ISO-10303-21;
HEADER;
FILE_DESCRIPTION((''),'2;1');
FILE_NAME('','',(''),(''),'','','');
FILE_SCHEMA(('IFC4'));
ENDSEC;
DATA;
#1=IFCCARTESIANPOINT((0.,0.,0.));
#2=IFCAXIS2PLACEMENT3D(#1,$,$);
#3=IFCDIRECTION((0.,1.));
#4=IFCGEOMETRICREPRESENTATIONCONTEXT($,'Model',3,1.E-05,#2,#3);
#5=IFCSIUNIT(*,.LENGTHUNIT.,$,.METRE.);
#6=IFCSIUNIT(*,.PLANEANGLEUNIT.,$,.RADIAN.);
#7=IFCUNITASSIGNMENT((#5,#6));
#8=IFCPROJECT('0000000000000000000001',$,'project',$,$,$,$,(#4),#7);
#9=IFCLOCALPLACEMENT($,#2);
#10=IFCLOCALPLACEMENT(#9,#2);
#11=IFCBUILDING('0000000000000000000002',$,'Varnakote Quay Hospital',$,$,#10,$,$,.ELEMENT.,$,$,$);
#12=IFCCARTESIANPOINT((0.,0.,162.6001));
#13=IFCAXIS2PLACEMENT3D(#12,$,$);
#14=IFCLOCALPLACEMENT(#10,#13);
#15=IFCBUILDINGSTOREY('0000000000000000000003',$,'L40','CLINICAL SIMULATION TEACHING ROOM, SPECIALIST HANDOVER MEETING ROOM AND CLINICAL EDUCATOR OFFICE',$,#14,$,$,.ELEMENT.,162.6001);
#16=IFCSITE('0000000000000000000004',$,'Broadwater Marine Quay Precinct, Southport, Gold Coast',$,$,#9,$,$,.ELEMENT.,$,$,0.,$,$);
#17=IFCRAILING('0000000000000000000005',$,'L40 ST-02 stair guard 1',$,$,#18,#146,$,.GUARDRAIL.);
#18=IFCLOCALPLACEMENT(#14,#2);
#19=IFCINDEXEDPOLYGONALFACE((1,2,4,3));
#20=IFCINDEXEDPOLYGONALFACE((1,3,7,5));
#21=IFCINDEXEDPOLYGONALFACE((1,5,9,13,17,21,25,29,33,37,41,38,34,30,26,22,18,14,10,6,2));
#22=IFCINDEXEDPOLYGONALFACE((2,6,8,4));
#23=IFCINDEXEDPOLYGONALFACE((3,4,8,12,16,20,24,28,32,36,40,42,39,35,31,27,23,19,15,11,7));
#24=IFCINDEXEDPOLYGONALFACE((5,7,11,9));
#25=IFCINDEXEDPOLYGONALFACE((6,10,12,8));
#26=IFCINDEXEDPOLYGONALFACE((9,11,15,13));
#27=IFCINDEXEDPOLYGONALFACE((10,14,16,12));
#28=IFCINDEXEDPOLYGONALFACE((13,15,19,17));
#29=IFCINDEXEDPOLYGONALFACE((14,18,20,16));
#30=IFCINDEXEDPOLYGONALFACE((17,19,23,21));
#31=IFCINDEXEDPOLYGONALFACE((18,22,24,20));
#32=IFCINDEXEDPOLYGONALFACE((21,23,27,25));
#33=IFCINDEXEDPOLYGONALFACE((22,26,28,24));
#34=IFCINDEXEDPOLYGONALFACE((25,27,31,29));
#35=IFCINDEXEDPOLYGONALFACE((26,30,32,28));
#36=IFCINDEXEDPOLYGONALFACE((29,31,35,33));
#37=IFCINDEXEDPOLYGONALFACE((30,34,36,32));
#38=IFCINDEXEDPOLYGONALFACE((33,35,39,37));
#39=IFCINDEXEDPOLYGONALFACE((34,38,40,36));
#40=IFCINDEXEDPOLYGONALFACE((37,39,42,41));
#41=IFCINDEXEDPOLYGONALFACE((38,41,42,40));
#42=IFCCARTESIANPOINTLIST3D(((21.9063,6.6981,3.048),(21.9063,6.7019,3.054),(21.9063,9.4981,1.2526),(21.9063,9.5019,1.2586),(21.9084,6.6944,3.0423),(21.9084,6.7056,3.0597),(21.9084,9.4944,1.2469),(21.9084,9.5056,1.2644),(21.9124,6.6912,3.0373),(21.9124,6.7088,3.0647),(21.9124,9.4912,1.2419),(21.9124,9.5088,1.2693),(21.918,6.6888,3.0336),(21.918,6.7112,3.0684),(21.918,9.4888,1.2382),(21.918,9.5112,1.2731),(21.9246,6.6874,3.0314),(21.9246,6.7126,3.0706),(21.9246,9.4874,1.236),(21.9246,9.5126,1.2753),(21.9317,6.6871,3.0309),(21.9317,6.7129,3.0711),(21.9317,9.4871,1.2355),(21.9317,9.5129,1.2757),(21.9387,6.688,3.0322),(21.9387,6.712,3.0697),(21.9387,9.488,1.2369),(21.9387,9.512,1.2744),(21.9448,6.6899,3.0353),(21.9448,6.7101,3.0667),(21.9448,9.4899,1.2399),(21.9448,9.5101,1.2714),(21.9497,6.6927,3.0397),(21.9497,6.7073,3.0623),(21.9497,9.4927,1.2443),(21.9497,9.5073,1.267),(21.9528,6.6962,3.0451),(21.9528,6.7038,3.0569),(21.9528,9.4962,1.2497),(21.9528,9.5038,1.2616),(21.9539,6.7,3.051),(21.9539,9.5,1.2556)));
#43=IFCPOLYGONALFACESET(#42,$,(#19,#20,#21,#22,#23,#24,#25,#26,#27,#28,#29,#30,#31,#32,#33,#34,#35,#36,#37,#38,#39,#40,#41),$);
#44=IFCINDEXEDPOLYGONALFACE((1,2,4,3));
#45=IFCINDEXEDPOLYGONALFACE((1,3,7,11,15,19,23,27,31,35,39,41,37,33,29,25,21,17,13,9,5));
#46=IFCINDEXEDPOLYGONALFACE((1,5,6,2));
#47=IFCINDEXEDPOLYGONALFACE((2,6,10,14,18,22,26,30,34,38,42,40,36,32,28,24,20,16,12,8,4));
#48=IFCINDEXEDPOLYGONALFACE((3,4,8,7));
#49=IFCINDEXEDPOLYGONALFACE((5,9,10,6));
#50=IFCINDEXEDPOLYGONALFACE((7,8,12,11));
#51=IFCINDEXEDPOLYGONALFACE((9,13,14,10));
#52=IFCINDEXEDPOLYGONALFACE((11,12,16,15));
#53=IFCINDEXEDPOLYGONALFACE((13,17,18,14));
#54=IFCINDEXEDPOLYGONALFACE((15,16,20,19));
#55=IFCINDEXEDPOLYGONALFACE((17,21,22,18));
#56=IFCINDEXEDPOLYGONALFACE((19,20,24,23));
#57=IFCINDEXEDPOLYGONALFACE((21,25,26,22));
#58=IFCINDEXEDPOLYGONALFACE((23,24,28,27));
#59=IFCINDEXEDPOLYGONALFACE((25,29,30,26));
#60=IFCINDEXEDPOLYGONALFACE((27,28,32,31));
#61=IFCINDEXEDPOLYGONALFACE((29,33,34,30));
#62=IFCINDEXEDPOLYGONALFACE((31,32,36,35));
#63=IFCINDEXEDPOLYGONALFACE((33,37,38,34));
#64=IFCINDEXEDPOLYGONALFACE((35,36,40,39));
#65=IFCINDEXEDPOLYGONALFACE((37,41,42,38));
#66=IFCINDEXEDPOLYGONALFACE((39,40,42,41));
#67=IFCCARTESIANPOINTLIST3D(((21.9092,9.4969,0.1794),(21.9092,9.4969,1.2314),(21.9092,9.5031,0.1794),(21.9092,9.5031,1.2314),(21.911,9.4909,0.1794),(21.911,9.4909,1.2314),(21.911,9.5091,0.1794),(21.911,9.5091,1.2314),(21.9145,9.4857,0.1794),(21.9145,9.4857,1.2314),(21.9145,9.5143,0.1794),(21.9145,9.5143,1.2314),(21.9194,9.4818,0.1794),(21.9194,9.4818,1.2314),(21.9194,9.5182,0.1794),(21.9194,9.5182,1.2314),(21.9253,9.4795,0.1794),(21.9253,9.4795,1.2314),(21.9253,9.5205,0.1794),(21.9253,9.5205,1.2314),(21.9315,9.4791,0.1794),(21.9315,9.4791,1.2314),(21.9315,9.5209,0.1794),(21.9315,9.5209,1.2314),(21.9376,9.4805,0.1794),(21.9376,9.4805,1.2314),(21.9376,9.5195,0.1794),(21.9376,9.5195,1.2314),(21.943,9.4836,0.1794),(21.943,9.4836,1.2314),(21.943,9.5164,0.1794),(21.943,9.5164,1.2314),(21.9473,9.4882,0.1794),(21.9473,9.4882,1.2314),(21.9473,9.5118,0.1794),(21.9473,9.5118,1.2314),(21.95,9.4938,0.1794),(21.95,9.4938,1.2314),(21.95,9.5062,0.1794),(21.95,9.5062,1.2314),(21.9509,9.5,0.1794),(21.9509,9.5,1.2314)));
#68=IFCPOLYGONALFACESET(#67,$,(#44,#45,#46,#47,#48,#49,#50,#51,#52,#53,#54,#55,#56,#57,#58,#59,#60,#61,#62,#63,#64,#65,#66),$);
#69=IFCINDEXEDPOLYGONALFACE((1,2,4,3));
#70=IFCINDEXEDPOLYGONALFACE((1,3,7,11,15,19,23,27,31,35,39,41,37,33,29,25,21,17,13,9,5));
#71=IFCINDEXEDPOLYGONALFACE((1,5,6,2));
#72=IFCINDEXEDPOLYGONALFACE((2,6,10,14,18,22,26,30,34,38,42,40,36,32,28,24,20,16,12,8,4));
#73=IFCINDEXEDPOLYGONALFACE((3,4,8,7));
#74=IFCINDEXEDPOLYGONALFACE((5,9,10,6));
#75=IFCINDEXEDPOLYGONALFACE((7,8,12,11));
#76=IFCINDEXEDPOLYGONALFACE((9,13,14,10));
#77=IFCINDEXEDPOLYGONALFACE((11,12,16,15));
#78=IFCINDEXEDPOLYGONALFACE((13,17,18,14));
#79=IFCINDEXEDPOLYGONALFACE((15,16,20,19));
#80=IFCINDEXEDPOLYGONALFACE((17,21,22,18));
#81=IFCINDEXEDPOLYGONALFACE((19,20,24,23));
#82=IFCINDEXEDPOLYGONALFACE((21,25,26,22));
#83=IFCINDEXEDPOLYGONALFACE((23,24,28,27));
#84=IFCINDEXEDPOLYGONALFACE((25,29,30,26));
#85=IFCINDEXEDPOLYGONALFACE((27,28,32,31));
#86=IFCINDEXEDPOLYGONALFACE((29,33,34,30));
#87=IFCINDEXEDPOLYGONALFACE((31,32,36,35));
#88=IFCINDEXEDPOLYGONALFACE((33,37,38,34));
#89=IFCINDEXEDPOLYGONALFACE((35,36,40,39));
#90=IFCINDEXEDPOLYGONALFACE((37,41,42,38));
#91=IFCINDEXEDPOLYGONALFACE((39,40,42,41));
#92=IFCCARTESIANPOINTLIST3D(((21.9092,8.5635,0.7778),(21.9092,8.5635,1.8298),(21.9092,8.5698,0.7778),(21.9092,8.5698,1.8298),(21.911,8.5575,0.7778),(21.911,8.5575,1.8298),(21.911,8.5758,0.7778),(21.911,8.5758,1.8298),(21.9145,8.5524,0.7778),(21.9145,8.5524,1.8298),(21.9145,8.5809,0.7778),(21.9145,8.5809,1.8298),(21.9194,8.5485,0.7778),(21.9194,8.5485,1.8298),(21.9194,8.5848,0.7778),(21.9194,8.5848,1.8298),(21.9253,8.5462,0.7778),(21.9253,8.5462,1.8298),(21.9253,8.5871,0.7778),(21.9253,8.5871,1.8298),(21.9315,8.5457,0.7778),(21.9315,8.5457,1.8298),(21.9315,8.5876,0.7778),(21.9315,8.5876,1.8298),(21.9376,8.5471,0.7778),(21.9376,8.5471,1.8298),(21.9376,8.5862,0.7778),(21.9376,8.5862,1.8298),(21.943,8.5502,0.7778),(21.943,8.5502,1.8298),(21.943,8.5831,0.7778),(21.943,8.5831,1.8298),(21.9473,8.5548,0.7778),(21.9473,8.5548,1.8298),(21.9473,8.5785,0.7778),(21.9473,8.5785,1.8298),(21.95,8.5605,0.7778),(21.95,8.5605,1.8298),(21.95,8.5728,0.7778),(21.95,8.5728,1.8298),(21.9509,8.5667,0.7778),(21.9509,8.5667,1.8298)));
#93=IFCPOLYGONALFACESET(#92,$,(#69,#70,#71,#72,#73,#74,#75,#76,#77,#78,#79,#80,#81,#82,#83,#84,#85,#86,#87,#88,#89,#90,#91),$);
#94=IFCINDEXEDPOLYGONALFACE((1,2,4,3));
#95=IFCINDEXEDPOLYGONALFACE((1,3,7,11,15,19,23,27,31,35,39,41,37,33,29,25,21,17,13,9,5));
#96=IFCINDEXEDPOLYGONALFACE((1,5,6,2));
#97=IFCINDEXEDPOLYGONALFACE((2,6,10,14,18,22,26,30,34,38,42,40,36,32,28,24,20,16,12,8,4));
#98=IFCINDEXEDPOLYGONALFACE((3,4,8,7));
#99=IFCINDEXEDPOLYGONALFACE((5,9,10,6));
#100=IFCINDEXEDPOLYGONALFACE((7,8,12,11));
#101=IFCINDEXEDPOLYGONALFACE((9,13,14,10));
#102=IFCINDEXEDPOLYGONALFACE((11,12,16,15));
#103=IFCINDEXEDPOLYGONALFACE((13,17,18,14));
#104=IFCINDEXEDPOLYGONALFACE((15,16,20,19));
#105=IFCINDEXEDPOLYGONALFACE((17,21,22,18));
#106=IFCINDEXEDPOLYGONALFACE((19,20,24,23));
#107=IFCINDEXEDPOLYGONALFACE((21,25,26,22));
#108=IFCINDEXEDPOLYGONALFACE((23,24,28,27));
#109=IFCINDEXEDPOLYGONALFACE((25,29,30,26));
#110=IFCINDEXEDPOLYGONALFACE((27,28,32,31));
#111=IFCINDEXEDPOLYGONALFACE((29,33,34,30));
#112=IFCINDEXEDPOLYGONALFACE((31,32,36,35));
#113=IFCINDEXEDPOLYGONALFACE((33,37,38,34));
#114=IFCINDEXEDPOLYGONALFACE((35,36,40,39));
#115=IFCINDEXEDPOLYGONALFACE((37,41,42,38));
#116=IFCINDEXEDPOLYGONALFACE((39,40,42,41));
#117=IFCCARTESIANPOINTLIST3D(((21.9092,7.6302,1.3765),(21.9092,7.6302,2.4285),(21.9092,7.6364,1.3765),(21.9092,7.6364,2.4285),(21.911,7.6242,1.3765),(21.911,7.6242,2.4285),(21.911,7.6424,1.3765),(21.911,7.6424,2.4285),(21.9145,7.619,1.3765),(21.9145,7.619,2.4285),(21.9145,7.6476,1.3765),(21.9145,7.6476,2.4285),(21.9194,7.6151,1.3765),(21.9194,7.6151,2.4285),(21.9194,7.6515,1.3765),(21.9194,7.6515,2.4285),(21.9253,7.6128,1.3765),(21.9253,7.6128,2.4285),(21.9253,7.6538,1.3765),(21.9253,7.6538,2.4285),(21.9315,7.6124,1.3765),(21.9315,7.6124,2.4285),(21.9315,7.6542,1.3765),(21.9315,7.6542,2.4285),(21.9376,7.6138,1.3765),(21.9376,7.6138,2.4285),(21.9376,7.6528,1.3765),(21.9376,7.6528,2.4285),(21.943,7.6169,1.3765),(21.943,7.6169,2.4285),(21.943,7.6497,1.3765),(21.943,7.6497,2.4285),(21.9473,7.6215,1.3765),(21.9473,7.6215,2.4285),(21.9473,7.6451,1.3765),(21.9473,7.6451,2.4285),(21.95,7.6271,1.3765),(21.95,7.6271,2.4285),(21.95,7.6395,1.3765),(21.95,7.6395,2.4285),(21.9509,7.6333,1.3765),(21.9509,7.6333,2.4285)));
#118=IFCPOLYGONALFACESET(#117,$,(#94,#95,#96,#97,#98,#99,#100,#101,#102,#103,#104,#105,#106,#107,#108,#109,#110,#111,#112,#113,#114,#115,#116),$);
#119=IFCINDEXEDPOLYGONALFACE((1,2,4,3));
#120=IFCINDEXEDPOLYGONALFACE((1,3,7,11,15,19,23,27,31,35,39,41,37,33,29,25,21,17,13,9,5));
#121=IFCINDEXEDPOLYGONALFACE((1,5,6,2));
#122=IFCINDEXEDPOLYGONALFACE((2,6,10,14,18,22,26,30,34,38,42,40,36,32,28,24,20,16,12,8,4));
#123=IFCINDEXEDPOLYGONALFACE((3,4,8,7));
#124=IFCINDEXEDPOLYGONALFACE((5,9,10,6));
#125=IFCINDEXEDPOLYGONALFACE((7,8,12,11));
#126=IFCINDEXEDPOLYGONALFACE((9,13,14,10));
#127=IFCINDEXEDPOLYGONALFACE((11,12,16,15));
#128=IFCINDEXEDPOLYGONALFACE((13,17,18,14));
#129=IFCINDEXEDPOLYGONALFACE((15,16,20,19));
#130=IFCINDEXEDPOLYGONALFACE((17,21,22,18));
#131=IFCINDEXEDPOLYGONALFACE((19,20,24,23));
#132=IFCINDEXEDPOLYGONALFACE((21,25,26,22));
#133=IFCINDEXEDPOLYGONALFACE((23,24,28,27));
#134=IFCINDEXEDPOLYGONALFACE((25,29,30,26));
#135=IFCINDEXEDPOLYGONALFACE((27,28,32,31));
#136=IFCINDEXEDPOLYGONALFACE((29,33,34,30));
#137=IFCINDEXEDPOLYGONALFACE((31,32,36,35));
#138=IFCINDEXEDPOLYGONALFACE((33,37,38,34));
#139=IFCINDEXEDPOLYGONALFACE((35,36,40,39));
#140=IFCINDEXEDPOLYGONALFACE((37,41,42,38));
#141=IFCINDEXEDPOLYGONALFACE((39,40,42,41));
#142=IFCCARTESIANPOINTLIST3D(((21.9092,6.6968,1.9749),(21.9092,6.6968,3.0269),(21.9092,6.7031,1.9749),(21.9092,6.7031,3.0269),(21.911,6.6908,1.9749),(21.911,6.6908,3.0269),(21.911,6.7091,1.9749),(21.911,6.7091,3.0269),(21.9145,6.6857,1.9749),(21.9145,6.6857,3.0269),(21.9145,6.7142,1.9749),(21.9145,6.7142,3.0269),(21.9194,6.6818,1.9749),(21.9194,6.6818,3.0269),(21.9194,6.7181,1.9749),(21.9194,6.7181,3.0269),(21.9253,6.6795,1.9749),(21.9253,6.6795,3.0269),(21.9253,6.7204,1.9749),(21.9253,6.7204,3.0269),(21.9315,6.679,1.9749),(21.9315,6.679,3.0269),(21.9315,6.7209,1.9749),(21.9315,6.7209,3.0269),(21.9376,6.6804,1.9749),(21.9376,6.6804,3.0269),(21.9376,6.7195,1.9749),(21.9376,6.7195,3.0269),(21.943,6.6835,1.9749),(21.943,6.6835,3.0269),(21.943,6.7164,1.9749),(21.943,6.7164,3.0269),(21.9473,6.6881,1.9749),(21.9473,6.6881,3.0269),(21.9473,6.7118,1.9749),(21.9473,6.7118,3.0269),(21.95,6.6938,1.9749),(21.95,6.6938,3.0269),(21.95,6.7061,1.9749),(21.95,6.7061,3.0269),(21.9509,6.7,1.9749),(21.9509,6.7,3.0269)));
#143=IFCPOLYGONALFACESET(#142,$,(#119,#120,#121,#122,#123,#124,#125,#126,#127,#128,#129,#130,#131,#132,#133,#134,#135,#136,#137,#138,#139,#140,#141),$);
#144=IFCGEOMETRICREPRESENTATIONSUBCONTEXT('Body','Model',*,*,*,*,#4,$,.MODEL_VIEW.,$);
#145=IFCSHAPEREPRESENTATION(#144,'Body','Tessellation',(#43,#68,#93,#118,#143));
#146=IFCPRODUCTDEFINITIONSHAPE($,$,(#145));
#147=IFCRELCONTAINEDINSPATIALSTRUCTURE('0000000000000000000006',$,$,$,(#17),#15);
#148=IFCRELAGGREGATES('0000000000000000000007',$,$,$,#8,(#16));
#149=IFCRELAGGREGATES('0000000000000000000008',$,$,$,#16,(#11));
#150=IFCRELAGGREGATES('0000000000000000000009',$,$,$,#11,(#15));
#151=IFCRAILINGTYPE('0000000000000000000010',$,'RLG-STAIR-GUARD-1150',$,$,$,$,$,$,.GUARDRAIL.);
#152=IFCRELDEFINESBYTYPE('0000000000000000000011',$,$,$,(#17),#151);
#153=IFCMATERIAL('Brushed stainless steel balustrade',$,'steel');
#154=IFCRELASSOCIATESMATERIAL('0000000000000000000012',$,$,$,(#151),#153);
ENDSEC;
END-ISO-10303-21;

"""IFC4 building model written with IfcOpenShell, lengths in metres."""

from ifc_helpers import new_model, si_unit, direction, frame, origin, origin_2d, place, context, subcontext, project, spatial, circle, extrude, material, type_object, element, save


model = new_model("IFC4")

# Units and contexts
model_context = context("Model", 3, precision=1e-05, world=origin(), true_north=direction((0.0, 1.0)))
body_context = subcontext(model_context, "Body", "Model", "MODEL_VIEW")
ifc_project = project(units=[si_unit("LENGTHUNIT", "METRE"), si_unit("PLANEANGLEUNIT", "RADIAN")], contexts=[model_context])

# Site, building, storey
site_placement = place(None, origin())
site = spatial("IfcSite", under=ifc_project, at=site_placement, Name="Broadwater Marine Quay Precinct, Southport, Gold Coast", CompositionType="ELEMENT", RefElevation=0.0)
building_placement = place(site_placement, origin())
building = spatial("IfcBuilding", under=site, at=building_placement, Name="Varnakote Quay Hospital", CompositionType="ELEMENT")
storey_placement = place(building_placement, frame((0.0, 0.0, 162.6001)))
storey = spatial("IfcBuildingStorey", under=building, at=storey_placement, Name="L40", Description="CLINICAL SIMULATION TEACHING ROOM, SPECIALIST HANDOVER MEETING ROOM AND CLINICAL EDUCATOR OFFICE", CompositionType="ELEMENT", Elevation=162.6001)

# Railing
ifc_material_1 = material(Name="Brushed stainless steel balustrade", Category="steel")
railing_type_1 = type_object("IfcRailingType", Name="RLG-STAIR-GUARD-1150", PredefinedType="GUARDRAIL", material=ifc_material_1)
railing_1_placement = place(storey_placement, frame((21.9299, 9.5, 0.1794)))
element("IfcRailing", 1, at=railing_1_placement, inside=storey, type_object=railing_type_1, Name="L40 ST-02 stair guard 1", PredefinedType="GUARDRAIL", context=body_context, shape_type="SweptSolid", body=[
    extrude(circle(Radius=0.0239, at=origin_2d()), frame((0.0, 0.0, 1.0762), z_axis=(0.0, -0.84181, 0.539774), x_axis=(1.0, 0.0, 0.0)), (0.0, 0.0, 1.0), 3.3262),
    extrude(circle(Radius=0.021, at=origin_2d()), origin(), (0.0, 0.0, 1.0), 1.052),
    extrude(circle(Radius=0.021, at=origin_2d()), frame((0.0, -0.9333, 0.5984)), (0.0, 0.0, 1.0), 1.052),
    extrude(circle(Radius=0.021, at=origin_2d()), frame((0.0, -1.8667, 1.197)), (0.0, 0.0, 1.0), 1.052),
    extrude(circle(Radius=0.021, at=origin_2d()), frame((0.0, -2.8, 1.7954)), (0.0, 0.0, 1.0), 1.052),
])

save(model, "model.ifc")
